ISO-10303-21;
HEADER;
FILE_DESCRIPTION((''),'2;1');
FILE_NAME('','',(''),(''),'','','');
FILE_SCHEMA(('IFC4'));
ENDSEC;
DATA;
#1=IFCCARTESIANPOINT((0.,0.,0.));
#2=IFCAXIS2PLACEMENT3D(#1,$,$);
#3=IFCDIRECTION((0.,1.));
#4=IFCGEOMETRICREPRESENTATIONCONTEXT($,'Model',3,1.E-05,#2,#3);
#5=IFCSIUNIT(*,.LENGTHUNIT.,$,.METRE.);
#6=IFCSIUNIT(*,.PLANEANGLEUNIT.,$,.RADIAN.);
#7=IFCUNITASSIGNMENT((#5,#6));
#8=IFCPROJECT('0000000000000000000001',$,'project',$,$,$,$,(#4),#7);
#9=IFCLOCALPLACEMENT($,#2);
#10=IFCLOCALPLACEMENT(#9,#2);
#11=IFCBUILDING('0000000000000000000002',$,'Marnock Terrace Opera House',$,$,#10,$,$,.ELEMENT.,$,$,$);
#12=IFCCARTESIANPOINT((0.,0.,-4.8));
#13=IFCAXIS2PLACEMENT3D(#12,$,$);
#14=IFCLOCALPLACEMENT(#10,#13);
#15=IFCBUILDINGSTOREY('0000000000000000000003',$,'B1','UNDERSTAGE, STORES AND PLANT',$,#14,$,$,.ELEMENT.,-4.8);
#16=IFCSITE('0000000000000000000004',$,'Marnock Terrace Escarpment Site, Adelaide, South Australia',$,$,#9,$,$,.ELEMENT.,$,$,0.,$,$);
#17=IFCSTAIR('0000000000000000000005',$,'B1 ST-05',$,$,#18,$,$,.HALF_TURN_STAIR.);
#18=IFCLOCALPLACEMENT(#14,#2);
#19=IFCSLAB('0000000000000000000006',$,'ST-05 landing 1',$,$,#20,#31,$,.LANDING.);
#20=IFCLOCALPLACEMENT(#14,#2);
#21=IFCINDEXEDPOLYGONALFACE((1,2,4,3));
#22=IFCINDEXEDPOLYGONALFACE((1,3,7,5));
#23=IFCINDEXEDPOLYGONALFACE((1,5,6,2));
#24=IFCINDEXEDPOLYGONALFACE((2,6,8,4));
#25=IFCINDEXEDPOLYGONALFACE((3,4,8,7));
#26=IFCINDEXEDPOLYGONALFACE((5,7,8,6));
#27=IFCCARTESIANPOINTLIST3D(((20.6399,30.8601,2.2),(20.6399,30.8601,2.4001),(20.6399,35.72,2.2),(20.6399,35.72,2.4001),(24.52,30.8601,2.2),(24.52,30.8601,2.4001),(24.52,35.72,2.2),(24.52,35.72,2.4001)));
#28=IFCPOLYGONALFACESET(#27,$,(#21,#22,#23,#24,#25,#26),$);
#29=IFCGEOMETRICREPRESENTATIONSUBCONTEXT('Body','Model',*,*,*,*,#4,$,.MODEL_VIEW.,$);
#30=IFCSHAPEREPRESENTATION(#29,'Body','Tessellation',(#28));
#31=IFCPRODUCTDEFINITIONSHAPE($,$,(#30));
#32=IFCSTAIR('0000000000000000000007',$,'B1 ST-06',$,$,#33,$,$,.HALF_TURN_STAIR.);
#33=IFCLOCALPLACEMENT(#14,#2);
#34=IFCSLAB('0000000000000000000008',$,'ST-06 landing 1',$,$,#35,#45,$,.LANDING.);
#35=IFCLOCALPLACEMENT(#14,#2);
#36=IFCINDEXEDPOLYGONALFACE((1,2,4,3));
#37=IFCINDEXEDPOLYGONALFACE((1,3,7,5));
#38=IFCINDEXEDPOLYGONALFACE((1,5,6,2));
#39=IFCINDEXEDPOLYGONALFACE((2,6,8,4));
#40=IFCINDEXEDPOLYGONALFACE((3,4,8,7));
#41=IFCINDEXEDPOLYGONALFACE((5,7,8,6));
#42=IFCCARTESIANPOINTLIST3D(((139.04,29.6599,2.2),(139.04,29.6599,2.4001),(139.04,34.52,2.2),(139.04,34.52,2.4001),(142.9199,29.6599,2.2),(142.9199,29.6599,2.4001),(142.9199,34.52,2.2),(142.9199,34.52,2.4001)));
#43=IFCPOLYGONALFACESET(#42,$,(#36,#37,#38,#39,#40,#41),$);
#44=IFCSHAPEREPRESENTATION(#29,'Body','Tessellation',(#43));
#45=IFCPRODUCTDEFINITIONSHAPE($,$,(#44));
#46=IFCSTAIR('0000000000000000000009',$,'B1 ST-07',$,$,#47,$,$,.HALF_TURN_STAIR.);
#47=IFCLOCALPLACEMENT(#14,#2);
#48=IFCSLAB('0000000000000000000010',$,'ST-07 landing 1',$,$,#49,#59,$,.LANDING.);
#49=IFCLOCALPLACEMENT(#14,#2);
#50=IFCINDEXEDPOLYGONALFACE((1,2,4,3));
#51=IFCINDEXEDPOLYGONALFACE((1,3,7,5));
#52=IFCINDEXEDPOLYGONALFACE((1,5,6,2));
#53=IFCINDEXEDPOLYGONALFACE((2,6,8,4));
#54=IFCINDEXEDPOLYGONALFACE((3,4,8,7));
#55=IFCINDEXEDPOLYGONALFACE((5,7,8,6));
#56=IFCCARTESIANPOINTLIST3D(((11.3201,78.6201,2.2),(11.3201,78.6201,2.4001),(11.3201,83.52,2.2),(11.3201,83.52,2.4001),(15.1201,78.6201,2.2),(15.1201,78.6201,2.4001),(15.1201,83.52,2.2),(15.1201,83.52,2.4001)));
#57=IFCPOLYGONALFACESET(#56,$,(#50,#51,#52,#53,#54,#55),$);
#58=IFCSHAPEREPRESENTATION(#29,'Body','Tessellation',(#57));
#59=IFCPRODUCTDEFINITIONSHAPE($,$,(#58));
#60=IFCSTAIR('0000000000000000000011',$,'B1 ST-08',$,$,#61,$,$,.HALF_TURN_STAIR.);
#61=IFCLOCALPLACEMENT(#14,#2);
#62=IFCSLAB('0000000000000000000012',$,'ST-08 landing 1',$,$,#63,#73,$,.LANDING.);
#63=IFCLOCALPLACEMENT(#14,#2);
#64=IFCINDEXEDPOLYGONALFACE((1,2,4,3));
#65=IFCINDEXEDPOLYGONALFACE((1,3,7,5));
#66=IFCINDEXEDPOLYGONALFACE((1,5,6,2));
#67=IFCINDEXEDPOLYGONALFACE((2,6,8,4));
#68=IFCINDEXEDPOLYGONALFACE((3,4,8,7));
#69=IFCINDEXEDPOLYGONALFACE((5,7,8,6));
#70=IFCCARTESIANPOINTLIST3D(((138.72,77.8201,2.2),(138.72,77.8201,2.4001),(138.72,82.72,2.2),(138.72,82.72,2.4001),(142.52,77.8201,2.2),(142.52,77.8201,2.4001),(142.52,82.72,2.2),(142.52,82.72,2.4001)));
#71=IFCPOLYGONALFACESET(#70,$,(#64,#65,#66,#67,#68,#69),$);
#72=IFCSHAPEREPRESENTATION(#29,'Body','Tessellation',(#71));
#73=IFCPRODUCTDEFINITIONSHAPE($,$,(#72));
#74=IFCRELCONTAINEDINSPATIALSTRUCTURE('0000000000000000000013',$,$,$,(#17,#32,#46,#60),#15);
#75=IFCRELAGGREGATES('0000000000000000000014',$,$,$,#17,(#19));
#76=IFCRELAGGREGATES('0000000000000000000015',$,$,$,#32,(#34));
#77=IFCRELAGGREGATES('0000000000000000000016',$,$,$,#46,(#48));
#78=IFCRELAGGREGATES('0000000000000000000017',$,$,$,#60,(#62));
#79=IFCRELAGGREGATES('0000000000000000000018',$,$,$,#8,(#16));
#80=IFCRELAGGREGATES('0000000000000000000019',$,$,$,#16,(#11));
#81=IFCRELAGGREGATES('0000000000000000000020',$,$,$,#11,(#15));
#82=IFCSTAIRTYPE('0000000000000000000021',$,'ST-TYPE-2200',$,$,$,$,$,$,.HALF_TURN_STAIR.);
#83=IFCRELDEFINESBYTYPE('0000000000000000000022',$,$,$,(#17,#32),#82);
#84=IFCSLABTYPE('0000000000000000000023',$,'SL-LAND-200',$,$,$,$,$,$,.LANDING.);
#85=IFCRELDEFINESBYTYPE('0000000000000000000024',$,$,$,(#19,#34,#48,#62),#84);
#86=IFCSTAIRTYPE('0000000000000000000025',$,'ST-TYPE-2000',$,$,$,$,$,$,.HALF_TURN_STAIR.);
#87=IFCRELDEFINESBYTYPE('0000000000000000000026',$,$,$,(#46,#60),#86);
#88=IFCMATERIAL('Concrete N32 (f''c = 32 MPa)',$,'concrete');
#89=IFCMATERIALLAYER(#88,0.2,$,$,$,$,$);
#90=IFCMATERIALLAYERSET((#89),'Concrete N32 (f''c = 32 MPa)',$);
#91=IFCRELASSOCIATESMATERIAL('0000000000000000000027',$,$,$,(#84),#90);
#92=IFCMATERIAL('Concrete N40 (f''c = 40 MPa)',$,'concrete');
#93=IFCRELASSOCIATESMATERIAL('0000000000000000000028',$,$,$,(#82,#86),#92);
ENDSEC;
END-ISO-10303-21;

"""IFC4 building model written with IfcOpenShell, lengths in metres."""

from ifc_helpers import new_model, si_unit, direction, frame, origin, place, context, subcontext, project, spatial, polyline, outline, extrude, material, layer, layer_set, type_object, element, aggregate, save


model = new_model("IFC4")

# Units and contexts
model_context = context("Model", 3, precision=1e-05, world=origin(), true_north=direction((0.0, 1.0)))
body_context = subcontext(model_context, "Body", "Model", "MODEL_VIEW")
ifc_project = project(units=[si_unit("LENGTHUNIT", "METRE"), si_unit("PLANEANGLEUNIT", "RADIAN")], contexts=[model_context])

# Site, building, storey
site_placement = place(None, origin())
site = spatial("IfcSite", under=ifc_project, at=site_placement, Name="Marnock Terrace Escarpment Site, Adelaide, South Australia", CompositionType="ELEMENT", RefElevation=0.0)
building_placement = place(site_placement, origin())
building = spatial("IfcBuilding", under=site, at=building_placement, Name="Marnock Terrace Opera House", CompositionType="ELEMENT")
storey_placement = place(building_placement, frame((0.0, 0.0, -4.8)))
storey = spatial("IfcBuildingStorey", under=building, at=storey_placement, Name="B1", Description="UNDERSTAGE, STORES AND PLANT", CompositionType="ELEMENT", Elevation=-4.8)

# Shared definitions
ifc_material_1 = material(Name="Concrete N40 (f'c = 40 MPa)", Category="concrete")

# Shared definitions
ifc_material_2 = material(Name="Concrete N32 (f'c = 32 MPa)", Category="concrete")

# Stairs, slabs
ifc_layer_1 = layer(ifc_material_2, 0.2)
ifc_layer_set_1 = layer_set([ifc_layer_1], Name="Concrete N32 (f'c = 32 MPa)")
slab_type_1 = type_object("IfcSlabType", Name="SL-LAND-200", PredefinedType="LANDING", material=ifc_layer_set_1)
stair_type_1 = type_object("IfcStairType", Name="ST-TYPE-2200", PredefinedType="HALF_TURN_STAIR", material=ifc_material_1)
stair_1_placement = place(storey_placement, origin())
stair_1 = element("IfcStair", 1, at=stair_1_placement, inside=storey, type_object=stair_type_1, Name="B1 ST-05", PredefinedType="HALF_TURN_STAIR")
slab_1_placement = place(storey_placement, frame((0.0, 0.0, 2.2)))
slab_1 = element("IfcSlab", 2, at=slab_1_placement, type_object=slab_type_1, Name="ST-05 landing 1", PredefinedType="LANDING", context=body_context, shape_type="SweptSolid", body=[
    extrude(outline(polyline([(24.52, 30.8601), (24.52, 35.72), (20.6399, 35.72), (20.6399, 30.8601), (24.52, 30.8601)])), origin(), (0.0, 0.0, 1.0), 0.2002),
])
aggregate(stair_1, [slab_1])
stair_2_placement = place(storey_placement, origin())
stair_2 = element("IfcStair", 3, at=stair_2_placement, inside=storey, type_object=stair_type_1, Name="B1 ST-06", PredefinedType="HALF_TURN_STAIR")
slab_2_placement = place(storey_placement, frame((0.0, 0.0, 2.2)))
slab_2 = element("IfcSlab", 4, at=slab_2_placement, type_object=slab_type_1, Name="ST-06 landing 1", PredefinedType="LANDING", context=body_context, shape_type="SweptSolid", body=[
    extrude(outline(polyline([(142.9199, 29.6599), (142.9199, 34.52), (139.04, 34.52), (139.04, 29.6599), (142.9199, 29.6599)])), origin(), (0.0, 0.0, 1.0), 0.2002),
])
aggregate(stair_2, [slab_2])
stair_type_2 = type_object("IfcStairType", Name="ST-TYPE-2000", PredefinedType="HALF_TURN_STAIR", material=ifc_material_1)
stair_3_placement = place(storey_placement, origin())
stair_3 = element("IfcStair", 5, at=stair_3_placement, inside=storey, type_object=stair_type_2, Name="B1 ST-07", PredefinedType="HALF_TURN_STAIR")
slab_3_placement = place(storey_placement, frame((0.0, 0.0, 2.2)))
slab_3 = element("IfcSlab", 6, at=slab_3_placement, type_object=slab_type_1, Name="ST-07 landing 1", PredefinedType="LANDING", context=body_context, shape_type="SweptSolid", body=[
    extrude(outline(polyline([(15.1201, 78.6201), (15.1201, 83.52), (11.3201, 83.52), (11.3201, 78.6201), (15.1201, 78.6201)])), origin(), (0.0, 0.0, 1.0), 0.2002),
])
aggregate(stair_3, [slab_3])
stair_4_placement = place(storey_placement, origin())
stair_4 = element("IfcStair", 7, at=stair_4_placement, inside=storey, type_object=stair_type_2, Name="B1 ST-08", PredefinedType="HALF_TURN_STAIR")
slab_4_placement = place(storey_placement, frame((0.0, 0.0, 2.2)))
slab_4 = element("IfcSlab", 8, at=slab_4_placement, type_object=slab_type_1, Name="ST-08 landing 1", PredefinedType="LANDING", context=body_context, shape_type="SweptSolid", body=[
    extrude(outline(polyline([(142.52, 77.8201), (142.52, 82.72), (138.72, 82.72), (138.72, 77.8201), (142.52, 77.8201)])), origin(), (0.0, 0.0, 1.0), 0.2002),
])
aggregate(stair_4, [slab_4])

save(model, "model.ifc")
